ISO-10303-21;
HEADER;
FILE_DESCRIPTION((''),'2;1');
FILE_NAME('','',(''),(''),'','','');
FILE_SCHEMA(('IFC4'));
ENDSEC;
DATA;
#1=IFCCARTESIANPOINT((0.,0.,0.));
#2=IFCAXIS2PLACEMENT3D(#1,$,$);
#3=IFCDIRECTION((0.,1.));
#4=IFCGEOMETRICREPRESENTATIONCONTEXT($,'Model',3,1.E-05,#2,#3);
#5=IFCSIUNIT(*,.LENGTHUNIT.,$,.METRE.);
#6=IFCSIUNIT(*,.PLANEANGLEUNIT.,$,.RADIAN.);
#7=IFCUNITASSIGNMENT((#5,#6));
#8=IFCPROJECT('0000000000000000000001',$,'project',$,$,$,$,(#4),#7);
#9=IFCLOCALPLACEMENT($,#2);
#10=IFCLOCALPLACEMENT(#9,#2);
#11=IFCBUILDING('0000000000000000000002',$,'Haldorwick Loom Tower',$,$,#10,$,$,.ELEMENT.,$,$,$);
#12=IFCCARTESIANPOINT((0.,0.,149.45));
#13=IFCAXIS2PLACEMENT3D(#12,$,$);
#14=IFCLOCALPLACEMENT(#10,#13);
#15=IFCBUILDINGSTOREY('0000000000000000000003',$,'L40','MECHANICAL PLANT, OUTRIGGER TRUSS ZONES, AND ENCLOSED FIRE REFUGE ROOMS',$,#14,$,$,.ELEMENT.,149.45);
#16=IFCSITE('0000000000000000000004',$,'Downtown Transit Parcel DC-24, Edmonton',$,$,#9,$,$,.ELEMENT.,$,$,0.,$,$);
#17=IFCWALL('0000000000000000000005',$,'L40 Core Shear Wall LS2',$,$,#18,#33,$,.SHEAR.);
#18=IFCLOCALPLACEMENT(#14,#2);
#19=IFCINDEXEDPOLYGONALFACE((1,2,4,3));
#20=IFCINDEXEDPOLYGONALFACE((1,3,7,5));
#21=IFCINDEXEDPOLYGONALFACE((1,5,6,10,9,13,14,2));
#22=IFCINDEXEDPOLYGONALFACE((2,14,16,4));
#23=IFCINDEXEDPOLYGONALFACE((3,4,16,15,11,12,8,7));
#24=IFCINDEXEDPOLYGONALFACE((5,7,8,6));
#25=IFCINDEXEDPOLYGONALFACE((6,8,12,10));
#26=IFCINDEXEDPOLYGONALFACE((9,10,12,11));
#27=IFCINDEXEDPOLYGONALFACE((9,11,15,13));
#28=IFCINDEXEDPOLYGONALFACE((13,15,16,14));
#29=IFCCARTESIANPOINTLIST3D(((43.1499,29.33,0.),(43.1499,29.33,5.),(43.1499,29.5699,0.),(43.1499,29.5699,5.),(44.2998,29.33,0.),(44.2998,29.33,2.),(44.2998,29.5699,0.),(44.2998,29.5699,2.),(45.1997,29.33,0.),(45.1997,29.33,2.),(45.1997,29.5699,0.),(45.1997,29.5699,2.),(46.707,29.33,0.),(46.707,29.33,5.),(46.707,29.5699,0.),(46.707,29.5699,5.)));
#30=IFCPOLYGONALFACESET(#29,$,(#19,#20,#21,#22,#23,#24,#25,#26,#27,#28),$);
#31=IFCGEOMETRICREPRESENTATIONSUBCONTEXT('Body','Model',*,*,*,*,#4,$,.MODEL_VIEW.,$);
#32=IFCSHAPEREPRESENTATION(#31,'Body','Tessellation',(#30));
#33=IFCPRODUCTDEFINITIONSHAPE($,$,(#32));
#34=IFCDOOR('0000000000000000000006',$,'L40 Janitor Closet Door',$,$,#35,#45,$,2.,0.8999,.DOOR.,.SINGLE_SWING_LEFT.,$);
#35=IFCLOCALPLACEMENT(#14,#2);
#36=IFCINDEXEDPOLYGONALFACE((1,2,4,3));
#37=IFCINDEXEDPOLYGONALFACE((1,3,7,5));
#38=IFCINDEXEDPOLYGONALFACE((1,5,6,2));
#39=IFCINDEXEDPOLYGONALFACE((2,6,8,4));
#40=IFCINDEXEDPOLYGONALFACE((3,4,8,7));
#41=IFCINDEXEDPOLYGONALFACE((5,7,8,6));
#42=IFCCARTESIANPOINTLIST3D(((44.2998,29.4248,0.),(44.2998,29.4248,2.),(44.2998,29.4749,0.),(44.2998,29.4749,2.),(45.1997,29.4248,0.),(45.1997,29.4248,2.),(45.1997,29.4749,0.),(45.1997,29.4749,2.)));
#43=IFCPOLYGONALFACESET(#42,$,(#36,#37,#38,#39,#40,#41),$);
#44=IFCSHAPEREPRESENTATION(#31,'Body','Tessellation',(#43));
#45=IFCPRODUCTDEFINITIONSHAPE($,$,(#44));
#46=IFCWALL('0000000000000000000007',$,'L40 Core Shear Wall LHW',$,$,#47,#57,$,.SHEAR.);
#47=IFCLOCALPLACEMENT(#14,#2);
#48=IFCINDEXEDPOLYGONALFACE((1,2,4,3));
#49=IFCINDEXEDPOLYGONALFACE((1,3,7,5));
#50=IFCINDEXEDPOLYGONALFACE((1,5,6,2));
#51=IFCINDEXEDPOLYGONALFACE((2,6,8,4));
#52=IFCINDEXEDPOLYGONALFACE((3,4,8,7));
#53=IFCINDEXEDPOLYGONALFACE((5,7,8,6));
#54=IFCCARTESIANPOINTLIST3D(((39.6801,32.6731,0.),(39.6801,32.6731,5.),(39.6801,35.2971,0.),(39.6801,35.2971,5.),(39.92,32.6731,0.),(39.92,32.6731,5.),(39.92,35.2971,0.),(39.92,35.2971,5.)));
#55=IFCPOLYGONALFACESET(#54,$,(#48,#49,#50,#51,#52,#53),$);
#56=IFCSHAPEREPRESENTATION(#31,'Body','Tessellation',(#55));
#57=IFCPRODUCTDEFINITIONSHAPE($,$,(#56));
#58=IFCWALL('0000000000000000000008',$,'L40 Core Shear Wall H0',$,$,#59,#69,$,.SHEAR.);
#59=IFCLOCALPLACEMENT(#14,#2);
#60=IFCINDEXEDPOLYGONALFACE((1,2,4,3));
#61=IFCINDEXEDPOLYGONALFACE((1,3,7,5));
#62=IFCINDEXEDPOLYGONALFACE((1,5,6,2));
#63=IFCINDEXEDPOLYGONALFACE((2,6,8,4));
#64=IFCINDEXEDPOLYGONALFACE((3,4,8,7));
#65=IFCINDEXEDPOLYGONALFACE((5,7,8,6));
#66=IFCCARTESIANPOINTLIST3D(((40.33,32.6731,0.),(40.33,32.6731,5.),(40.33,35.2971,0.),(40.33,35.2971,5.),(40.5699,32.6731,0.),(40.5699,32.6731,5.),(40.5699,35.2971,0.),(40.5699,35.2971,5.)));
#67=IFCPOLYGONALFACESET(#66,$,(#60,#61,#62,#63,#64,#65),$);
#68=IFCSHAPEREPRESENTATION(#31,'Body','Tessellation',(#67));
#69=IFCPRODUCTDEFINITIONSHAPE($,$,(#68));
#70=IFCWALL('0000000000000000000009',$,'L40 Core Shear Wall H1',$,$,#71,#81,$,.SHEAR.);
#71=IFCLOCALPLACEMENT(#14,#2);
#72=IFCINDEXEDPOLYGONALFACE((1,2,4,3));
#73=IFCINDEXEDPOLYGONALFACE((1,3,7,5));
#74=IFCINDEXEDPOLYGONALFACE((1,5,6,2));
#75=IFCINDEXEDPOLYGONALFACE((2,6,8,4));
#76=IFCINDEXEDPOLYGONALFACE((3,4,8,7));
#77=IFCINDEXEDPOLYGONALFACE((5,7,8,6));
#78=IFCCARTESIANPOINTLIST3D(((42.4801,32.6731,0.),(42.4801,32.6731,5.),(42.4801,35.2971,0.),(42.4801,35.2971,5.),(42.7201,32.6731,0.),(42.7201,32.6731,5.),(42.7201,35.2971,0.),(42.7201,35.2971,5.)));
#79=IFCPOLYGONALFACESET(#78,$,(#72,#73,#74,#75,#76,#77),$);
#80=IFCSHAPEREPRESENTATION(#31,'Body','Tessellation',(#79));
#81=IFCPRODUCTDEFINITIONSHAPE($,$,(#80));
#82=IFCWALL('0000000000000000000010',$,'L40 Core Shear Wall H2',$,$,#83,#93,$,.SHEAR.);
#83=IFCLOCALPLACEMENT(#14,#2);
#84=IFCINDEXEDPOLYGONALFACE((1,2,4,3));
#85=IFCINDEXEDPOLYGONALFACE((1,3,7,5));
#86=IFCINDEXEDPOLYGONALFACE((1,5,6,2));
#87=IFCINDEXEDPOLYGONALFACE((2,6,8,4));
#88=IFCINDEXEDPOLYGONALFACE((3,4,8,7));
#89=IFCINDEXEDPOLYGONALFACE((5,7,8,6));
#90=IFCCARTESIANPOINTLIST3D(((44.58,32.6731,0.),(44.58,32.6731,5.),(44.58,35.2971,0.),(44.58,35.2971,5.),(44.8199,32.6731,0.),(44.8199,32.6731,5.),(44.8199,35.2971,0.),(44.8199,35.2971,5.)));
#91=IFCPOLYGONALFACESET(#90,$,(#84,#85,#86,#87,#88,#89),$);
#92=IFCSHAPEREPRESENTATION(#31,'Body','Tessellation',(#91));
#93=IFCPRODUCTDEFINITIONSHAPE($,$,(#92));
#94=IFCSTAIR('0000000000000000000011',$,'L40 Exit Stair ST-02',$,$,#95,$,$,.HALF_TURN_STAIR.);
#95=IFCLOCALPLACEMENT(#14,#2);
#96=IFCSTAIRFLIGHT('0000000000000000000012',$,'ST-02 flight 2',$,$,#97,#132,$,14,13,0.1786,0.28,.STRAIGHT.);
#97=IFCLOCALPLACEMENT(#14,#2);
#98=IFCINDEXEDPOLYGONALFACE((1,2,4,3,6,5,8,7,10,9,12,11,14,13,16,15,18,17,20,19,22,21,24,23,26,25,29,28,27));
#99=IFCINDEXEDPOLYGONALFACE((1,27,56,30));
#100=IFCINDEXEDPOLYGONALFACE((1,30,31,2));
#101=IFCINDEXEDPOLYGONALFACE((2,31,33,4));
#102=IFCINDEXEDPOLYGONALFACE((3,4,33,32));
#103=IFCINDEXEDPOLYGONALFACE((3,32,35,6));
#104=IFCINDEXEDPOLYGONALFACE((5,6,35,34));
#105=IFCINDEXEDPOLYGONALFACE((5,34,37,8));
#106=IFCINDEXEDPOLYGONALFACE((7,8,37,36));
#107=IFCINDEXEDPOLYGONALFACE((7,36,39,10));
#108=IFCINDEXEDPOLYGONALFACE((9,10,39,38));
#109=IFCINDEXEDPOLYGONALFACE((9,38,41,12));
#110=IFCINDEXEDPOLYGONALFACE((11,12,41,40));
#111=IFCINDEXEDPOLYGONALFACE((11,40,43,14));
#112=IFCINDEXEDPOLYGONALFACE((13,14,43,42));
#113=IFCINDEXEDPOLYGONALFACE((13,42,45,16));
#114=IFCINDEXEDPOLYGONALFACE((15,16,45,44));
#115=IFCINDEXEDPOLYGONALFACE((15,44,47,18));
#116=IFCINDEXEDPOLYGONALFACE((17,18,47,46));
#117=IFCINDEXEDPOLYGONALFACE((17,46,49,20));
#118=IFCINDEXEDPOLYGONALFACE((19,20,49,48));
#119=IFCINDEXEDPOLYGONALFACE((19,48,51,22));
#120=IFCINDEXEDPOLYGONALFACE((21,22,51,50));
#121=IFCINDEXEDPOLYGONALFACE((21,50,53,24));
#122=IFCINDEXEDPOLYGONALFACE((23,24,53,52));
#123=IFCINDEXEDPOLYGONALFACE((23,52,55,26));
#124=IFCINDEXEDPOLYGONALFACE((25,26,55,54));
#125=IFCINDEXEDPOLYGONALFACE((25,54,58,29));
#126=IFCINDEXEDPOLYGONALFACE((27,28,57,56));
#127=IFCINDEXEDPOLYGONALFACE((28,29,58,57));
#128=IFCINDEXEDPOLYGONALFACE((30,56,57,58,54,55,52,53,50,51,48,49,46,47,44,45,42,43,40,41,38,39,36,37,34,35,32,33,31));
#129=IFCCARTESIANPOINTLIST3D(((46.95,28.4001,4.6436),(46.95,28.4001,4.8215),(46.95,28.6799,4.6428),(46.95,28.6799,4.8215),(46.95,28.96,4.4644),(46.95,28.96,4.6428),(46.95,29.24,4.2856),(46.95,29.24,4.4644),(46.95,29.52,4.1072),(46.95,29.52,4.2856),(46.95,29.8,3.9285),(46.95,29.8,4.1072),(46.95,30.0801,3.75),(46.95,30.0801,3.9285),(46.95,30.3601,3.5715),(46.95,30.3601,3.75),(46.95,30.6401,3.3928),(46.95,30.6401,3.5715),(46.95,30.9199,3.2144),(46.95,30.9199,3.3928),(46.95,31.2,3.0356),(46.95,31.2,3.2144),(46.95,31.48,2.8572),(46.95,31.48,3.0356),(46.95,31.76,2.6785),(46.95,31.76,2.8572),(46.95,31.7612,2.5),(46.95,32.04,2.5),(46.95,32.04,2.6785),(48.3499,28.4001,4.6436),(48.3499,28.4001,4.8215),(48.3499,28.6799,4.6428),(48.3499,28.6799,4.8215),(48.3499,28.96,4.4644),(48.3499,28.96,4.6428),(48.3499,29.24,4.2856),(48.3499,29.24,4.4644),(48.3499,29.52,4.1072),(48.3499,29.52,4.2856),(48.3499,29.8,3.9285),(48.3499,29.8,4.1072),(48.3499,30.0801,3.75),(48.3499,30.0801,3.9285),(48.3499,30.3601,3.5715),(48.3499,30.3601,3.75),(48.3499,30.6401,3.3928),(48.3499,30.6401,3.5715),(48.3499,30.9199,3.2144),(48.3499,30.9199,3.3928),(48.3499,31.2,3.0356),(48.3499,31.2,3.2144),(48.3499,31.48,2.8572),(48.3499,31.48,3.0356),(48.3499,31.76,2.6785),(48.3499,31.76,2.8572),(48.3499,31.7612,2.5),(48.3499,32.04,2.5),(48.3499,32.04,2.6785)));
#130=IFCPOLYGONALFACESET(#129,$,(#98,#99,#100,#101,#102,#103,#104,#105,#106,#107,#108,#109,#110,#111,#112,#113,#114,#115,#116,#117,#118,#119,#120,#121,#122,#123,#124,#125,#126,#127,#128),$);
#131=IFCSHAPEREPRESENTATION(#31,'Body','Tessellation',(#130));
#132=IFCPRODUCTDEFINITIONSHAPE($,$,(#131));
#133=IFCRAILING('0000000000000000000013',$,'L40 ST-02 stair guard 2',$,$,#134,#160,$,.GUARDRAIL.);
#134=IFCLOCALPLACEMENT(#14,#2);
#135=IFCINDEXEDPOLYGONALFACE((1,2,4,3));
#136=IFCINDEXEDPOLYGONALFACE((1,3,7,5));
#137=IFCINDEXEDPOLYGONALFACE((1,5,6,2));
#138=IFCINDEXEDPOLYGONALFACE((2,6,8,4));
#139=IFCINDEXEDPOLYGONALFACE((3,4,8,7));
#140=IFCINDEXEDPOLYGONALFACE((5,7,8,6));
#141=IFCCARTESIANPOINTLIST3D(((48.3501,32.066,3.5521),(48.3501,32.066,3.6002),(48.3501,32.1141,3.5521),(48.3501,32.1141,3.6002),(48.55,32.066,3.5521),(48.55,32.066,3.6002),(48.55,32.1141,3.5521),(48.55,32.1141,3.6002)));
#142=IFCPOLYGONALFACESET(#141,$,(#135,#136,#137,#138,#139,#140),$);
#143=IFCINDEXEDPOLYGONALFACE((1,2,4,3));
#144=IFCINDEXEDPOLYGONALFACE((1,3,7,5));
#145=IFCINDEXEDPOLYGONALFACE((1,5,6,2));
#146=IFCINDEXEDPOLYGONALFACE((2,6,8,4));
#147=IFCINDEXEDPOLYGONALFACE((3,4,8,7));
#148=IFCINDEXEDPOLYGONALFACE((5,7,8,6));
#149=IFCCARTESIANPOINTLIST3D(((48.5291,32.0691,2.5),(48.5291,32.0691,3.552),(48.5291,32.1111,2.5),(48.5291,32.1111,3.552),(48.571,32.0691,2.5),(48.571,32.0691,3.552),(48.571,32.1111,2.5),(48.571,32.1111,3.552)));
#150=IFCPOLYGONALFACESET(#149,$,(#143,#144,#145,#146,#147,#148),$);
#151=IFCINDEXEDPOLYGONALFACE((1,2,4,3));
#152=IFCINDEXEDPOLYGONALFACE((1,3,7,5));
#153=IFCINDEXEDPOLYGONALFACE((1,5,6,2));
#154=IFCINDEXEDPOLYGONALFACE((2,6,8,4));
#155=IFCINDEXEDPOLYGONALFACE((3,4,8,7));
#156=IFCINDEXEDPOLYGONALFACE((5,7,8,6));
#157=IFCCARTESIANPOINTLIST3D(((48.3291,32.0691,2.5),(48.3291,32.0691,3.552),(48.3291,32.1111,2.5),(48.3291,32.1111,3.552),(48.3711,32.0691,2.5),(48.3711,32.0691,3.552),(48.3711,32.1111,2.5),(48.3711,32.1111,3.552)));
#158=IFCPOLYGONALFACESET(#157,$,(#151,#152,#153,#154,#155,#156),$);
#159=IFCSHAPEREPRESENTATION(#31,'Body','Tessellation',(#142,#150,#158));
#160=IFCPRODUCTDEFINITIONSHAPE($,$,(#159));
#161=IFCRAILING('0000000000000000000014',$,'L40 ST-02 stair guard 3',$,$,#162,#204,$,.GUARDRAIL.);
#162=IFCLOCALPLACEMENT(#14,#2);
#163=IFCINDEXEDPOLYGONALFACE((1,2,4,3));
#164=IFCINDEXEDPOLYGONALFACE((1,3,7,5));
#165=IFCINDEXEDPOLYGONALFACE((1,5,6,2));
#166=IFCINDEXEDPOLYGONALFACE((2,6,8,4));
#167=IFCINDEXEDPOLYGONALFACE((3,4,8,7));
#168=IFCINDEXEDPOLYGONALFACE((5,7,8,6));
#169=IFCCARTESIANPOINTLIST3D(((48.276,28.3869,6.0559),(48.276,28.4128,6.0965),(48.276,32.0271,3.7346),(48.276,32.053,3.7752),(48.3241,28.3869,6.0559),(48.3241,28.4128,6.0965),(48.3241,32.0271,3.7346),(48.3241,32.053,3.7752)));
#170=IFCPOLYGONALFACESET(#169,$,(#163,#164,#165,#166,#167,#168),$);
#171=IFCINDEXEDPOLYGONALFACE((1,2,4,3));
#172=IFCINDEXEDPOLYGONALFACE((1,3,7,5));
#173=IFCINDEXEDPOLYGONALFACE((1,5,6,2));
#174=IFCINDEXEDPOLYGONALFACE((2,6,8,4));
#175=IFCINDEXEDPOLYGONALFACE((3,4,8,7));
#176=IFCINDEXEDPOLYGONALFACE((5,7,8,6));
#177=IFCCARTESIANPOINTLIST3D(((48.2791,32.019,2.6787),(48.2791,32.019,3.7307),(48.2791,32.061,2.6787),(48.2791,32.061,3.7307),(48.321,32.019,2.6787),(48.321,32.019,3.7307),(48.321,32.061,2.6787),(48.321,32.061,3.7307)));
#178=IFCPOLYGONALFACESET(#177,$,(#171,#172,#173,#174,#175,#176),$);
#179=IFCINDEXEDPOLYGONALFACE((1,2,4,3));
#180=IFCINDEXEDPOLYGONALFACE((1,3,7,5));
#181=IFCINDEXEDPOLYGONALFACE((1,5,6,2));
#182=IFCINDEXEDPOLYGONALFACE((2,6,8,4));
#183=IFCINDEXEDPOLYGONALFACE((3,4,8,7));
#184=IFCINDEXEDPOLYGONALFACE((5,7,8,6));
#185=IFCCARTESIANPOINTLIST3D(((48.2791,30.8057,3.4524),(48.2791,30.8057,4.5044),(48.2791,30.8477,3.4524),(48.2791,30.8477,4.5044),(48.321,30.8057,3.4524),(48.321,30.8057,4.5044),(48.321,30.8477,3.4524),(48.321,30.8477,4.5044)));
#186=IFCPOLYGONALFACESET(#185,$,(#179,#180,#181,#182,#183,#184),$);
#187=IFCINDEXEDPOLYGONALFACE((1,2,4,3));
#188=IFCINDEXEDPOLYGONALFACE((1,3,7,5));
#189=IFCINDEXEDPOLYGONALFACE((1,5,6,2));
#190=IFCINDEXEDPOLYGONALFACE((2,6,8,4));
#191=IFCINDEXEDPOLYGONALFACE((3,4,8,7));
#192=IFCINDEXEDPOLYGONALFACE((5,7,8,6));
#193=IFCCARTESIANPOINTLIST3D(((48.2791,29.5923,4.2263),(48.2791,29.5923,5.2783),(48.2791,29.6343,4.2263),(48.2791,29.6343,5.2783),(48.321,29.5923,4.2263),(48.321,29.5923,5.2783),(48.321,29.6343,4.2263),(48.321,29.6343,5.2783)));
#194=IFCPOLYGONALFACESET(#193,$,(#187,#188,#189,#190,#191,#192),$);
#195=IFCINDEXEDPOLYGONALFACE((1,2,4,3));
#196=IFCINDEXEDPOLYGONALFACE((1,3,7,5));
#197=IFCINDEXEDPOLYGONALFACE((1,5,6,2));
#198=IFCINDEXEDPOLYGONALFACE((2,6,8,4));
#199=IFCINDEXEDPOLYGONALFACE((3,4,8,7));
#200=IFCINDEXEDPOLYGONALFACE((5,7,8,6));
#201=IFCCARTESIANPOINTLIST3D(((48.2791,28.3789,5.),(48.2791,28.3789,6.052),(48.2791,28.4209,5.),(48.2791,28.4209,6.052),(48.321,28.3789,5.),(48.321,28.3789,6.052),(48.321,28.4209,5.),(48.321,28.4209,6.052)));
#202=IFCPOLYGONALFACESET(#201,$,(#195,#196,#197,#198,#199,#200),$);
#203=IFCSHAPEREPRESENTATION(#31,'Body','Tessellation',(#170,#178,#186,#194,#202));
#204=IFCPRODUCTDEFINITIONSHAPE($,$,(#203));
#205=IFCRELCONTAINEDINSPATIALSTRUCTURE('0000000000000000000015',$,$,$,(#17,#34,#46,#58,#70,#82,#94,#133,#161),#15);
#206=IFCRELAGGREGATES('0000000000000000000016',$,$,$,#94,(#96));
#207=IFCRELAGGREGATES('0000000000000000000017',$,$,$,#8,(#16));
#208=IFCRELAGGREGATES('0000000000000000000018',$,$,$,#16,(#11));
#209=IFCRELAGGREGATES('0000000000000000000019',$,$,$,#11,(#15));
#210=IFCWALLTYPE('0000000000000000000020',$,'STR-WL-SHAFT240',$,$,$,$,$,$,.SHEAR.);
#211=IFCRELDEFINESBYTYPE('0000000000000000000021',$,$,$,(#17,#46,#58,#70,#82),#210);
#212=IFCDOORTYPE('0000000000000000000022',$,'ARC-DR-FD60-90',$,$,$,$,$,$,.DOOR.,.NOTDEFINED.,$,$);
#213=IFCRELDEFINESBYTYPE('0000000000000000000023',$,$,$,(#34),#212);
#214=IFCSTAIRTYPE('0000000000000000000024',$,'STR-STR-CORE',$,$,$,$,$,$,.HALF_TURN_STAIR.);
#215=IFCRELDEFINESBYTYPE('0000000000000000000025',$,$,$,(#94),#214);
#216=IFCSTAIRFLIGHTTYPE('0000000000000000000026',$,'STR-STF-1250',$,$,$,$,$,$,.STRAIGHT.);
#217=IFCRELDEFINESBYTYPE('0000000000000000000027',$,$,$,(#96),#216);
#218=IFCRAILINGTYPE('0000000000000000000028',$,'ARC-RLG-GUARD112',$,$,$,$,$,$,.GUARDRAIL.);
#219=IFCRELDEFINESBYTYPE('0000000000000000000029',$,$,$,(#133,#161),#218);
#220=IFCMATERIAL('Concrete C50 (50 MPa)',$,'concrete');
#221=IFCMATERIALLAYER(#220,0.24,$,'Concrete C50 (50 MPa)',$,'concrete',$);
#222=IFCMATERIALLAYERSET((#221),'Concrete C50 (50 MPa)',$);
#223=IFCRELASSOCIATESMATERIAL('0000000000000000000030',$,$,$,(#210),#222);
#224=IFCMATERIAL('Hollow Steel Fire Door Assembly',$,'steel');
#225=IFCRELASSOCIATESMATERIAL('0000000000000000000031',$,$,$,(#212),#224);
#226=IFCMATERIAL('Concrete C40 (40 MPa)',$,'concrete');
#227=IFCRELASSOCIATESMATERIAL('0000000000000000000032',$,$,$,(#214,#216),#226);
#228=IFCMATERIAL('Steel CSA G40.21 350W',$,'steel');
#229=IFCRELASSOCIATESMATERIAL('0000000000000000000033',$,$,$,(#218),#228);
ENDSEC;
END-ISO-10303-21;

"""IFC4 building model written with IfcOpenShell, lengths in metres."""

from ifc_helpers import new_model, si_unit, direction, frame, frame_2d, origin, origin_2d, place, context, subcontext, project, spatial, polyline, rectangle, outline, extrude, material, layer, layer_set, type_object, element, fill, aggregate, save


model = new_model("IFC4")

# Units and contexts
model_context = context("Model", 3, precision=1e-05, world=origin(), true_north=direction((0.0, 1.0)))
body_context = subcontext(model_context, "Body", "Model", "MODEL_VIEW")
ifc_project = project(units=[si_unit("LENGTHUNIT", "METRE"), si_unit("PLANEANGLEUNIT", "RADIAN")], contexts=[model_context])

# Site, building, storey
site_placement = place(None, origin())
site = spatial("IfcSite", under=ifc_project, at=site_placement, Name="Downtown Transit Parcel DC-24, Edmonton", CompositionType="ELEMENT", RefElevation=0.0)
building_placement = place(site_placement, origin())
building = spatial("IfcBuilding", under=site, at=building_placement, Name="Haldorwick Loom Tower", CompositionType="ELEMENT")
storey_placement = place(building_placement, frame((0.0, 0.0, 149.45)))
storey = spatial("IfcBuildingStorey", under=building, at=storey_placement, Name="L40", Description="MECHANICAL PLANT, OUTRIGGER TRUSS ZONES, AND ENCLOSED FIRE REFUGE ROOMS", CompositionType="ELEMENT", Elevation=149.45)

# Shared definitions
ifc_material_1 = material(Name="Steel CSA G40.21 350W", Category="steel")

# Shared definitions
ifc_material_2 = material(Name="Concrete C50 (50 MPa)", Category="concrete")
ifc_layer = layer(ifc_material_2, 0.24, Name="Concrete C50 (50 MPa)", Category="concrete")
ifc_layer_set = layer_set([ifc_layer], Name="Concrete C50 (50 MPa)")
wall_type = type_object("IfcWallType", Name="STR-WL-SHAFT240", PredefinedType="SHEAR", material=ifc_layer_set)

# Wall, opening, door
wall_1_placement = place(storey_placement, frame((43.1499, 29.45, 0.0), z_axis=(0.0, 0.0, 1.0), x_axis=(1.0, 0.0, 0.0)))
wall_1 = element("IfcWall", 1, at=wall_1_placement, inside=storey, type_object=wall_type, Name="L40 Core Shear Wall LS2", PredefinedType="SHEAR", context=body_context, shape_type="SweptSolid", body=[
    extrude(rectangle(XDim=3.5571, YDim=0.24, at=frame_2d((1.7786, 0.0))), origin(), (0.0, 0.0, 1.0), 5.0),
])
opening_placement = place(wall_1_placement, frame((1.1499, 0.0, 0.0)))
opening = element("IfcOpeningElement", 2, at=opening_placement, cuts=wall_1, PredefinedType="OPENING", context=body_context, shape_type="SweptSolid", body=[
    extrude(rectangle(XDim=0.8999, YDim=2.0, at=frame_2d((0.45, 1.0))), frame((0.0, 0.1299, 0.0), z_axis=(0.0, -1.0, 0.0), x_axis=(1.0, 0.0, 0.0)), (0.0, 0.0, 1.0), 0.26),
])
ifc_material_3 = material(Name="Hollow Steel Fire Door Assembly", Category="steel")
door_type = type_object("IfcDoorType", Name="ARC-DR-FD60-90", OperationType="NOTDEFINED", PredefinedType="DOOR", material=ifc_material_3)
door_placement = place(opening_placement, origin())
door = element("IfcDoor", 3, at=door_placement, inside=storey, type_object=door_type, Name="L40 Janitor Closet Door", OperationType="SINGLE_SWING_LEFT", OverallHeight=2.0, OverallWidth=0.8999, PredefinedType="DOOR", context=body_context, shape_type="SweptSolid", body=[
    extrude(rectangle(XDim=0.8999, YDim=2.0, at=frame_2d((0.45, 1.0))), frame((0.0, 0.0249, 0.0), z_axis=(0.0, -1.0, 0.0), x_axis=(1.0, 0.0, 0.0)), (0.0, 0.0, 1.0), 0.05),
])
fill(opening, door)

# Walls
for number, where, z_axis, x_axis, name in (
    (4, (39.8, 32.6731, 0.0), (0.0, 0.0, 1.0), (0.0, 1.0, 0.0), "L40 Core Shear Wall LHW"),
    (5, (40.45, 32.6731, 0.0), (0.0, 0.0, 1.0), (0.0, 1.0, 0.0), "L40 Core Shear Wall H0"),
    (6, (42.6001, 32.6731, 0.0), (0.0, 0.0, 1.0), (0.0, 1.0, 0.0), "L40 Core Shear Wall H1"),
    (7, (44.7, 32.6731, 0.0), (0.0, 0.0, 1.0), (0.0, 1.0, 0.0), "L40 Core Shear Wall H2"),
):
    element("IfcWall", number, at=place(storey_placement, frame(where, z_axis=z_axis, x_axis=x_axis)), inside=storey, type_object=wall_type, Name=name, PredefinedType="SHEAR", context=body_context, shape_type="SweptSolid", body=[
        extrude(rectangle(XDim=2.624, YDim=0.24, at=frame_2d((1.312, 0.0))), origin(), (0.0, 0.0, 1.0), 5.0),
    ])

# Stair, stair flight
ifc_material_4 = material(Name="Concrete C40 (40 MPa)", Category="concrete")
stair_type = type_object("IfcStairType", Name="STR-STR-CORE", PredefinedType="HALF_TURN_STAIR", material=ifc_material_4)
stair_placement = place(storey_placement, origin())
stair = element("IfcStair", 8, at=stair_placement, inside=storey, type_object=stair_type, Name="L40 Exit Stair ST-02", PredefinedType="HALF_TURN_STAIR")
stair_flight_type = type_object("IfcStairFlightType", Name="STR-STF-1250", PredefinedType="STRAIGHT", material=ifc_material_4)
stair_flight_placement = place(storey_placement, frame((47.6499, 32.04, 2.5), z_axis=(0.0, 0.0, 1.0), x_axis=(0.0, -1.0, 0.0)))
stair_flight = element("IfcStairFlight", 9, at=stair_flight_placement, type_object=stair_flight_type, Name="ST-02 flight 2", NumberOfRisers=14, NumberOfTreads=13, PredefinedType="STRAIGHT", RiserHeight=0.1786, TreadLength=0.28, context=body_context, shape_type="SweptSolid", body=[
    extrude(outline(polyline([(0.0, 0.0), (0.0, 0.1785), (0.28, 0.1785), (0.28, 0.3572), (0.5601, 0.3572), (0.5601, 0.5356), (0.8401, 0.5356), (0.8401, 0.7144), (1.1201, 0.7144), (1.1201, 0.8928), (1.3999, 0.8928), (1.3999, 1.0715), (1.6799, 1.0715), (1.6799, 1.25), (1.96, 1.25), (1.96, 1.4285), (2.24, 1.4285), (2.24, 1.6072), (2.52, 1.6072), (2.52, 1.7856), (2.8, 1.7856), (2.8, 1.9644), (3.0801, 1.9644), (3.0801, 2.1428), (3.3601, 2.1428), (3.3601, 2.3215), (3.6399, 2.3215), (3.6399, 2.5), (3.6399, 2.1436), (0.2788, 0.0), (0.0, 0.0)])), frame((0.0, 0.7, 0.0), z_axis=(0.0, -1.0, 0.0), x_axis=(1.0, 0.0, 0.0)), (0.0, 0.0, 1.0), 1.3999),
])
aggregate(stair, [stair_flight])

# Railings
railing_type_1 = type_object("IfcRailingType", Name="ARC-RLG-GUARD112", PredefinedType="GUARDRAIL", material=ifc_material_1)
railing_1_placement = place(storey_placement, frame((48.55, 32.0901, 2.5)))
element("IfcRailing", 10, at=railing_1_placement, inside=storey, type_object=railing_type_1, Name="L40 ST-02 stair guard 2", PredefinedType="GUARDRAIL", context=body_context, shape_type="SweptSolid", body=[
    extrude(rectangle(XDim=0.0481, YDim=0.0481, at=origin_2d()), frame((0.0, 0.0, 1.0762), z_axis=(-1.0, 0.0, 0.0), x_axis=(0.0, -1.0, 0.0)), (0.0, 0.0, 1.0), 0.2),
    extrude(rectangle(XDim=0.042, YDim=0.042, at=origin_2d()), origin(), (0.0, 0.0, 1.0), 1.052),
    extrude(rectangle(XDim=0.042, YDim=0.042, at=origin_2d()), frame((-0.2, 0.0, 0.0)), (0.0, 0.0, 1.0), 1.052),
])
railing_2_placement = place(storey_placement, frame((48.3, 32.04, 2.6787)))
element("IfcRailing", 11, at=railing_2_placement, inside=storey, type_object=railing_type_1, Name="L40 ST-02 stair guard 3", PredefinedType="GUARDRAIL", context=body_context, shape_type="SweptSolid", body=[
    extrude(rectangle(XDim=0.0481, YDim=0.0481, at=origin_2d()), frame((0.0, 0.0, 1.0762), z_axis=(0.0, -0.843153, 0.537673), x_axis=(1.0, 0.0, 0.0)), (0.0, 0.0, 1.0), 4.3174),
    extrude(rectangle(XDim=0.042, YDim=0.042, at=origin_2d()), origin(), (0.0, 0.0, 1.0), 1.052),
    extrude(rectangle(XDim=0.042, YDim=0.042, at=origin_2d()), frame((0.0, -1.2134, 0.7737)), (0.0, 0.0, 1.0), 1.052),
    extrude(rectangle(XDim=0.042, YDim=0.042, at=origin_2d()), frame((0.0, -2.4268, 1.5476)), (0.0, 0.0, 1.0), 1.052),
    extrude(rectangle(XDim=0.042, YDim=0.042, at=origin_2d()), frame((0.0, -3.6401, 2.3213)), (0.0, 0.0, 1.0), 1.052),
])

save(model, "model.ifc")
